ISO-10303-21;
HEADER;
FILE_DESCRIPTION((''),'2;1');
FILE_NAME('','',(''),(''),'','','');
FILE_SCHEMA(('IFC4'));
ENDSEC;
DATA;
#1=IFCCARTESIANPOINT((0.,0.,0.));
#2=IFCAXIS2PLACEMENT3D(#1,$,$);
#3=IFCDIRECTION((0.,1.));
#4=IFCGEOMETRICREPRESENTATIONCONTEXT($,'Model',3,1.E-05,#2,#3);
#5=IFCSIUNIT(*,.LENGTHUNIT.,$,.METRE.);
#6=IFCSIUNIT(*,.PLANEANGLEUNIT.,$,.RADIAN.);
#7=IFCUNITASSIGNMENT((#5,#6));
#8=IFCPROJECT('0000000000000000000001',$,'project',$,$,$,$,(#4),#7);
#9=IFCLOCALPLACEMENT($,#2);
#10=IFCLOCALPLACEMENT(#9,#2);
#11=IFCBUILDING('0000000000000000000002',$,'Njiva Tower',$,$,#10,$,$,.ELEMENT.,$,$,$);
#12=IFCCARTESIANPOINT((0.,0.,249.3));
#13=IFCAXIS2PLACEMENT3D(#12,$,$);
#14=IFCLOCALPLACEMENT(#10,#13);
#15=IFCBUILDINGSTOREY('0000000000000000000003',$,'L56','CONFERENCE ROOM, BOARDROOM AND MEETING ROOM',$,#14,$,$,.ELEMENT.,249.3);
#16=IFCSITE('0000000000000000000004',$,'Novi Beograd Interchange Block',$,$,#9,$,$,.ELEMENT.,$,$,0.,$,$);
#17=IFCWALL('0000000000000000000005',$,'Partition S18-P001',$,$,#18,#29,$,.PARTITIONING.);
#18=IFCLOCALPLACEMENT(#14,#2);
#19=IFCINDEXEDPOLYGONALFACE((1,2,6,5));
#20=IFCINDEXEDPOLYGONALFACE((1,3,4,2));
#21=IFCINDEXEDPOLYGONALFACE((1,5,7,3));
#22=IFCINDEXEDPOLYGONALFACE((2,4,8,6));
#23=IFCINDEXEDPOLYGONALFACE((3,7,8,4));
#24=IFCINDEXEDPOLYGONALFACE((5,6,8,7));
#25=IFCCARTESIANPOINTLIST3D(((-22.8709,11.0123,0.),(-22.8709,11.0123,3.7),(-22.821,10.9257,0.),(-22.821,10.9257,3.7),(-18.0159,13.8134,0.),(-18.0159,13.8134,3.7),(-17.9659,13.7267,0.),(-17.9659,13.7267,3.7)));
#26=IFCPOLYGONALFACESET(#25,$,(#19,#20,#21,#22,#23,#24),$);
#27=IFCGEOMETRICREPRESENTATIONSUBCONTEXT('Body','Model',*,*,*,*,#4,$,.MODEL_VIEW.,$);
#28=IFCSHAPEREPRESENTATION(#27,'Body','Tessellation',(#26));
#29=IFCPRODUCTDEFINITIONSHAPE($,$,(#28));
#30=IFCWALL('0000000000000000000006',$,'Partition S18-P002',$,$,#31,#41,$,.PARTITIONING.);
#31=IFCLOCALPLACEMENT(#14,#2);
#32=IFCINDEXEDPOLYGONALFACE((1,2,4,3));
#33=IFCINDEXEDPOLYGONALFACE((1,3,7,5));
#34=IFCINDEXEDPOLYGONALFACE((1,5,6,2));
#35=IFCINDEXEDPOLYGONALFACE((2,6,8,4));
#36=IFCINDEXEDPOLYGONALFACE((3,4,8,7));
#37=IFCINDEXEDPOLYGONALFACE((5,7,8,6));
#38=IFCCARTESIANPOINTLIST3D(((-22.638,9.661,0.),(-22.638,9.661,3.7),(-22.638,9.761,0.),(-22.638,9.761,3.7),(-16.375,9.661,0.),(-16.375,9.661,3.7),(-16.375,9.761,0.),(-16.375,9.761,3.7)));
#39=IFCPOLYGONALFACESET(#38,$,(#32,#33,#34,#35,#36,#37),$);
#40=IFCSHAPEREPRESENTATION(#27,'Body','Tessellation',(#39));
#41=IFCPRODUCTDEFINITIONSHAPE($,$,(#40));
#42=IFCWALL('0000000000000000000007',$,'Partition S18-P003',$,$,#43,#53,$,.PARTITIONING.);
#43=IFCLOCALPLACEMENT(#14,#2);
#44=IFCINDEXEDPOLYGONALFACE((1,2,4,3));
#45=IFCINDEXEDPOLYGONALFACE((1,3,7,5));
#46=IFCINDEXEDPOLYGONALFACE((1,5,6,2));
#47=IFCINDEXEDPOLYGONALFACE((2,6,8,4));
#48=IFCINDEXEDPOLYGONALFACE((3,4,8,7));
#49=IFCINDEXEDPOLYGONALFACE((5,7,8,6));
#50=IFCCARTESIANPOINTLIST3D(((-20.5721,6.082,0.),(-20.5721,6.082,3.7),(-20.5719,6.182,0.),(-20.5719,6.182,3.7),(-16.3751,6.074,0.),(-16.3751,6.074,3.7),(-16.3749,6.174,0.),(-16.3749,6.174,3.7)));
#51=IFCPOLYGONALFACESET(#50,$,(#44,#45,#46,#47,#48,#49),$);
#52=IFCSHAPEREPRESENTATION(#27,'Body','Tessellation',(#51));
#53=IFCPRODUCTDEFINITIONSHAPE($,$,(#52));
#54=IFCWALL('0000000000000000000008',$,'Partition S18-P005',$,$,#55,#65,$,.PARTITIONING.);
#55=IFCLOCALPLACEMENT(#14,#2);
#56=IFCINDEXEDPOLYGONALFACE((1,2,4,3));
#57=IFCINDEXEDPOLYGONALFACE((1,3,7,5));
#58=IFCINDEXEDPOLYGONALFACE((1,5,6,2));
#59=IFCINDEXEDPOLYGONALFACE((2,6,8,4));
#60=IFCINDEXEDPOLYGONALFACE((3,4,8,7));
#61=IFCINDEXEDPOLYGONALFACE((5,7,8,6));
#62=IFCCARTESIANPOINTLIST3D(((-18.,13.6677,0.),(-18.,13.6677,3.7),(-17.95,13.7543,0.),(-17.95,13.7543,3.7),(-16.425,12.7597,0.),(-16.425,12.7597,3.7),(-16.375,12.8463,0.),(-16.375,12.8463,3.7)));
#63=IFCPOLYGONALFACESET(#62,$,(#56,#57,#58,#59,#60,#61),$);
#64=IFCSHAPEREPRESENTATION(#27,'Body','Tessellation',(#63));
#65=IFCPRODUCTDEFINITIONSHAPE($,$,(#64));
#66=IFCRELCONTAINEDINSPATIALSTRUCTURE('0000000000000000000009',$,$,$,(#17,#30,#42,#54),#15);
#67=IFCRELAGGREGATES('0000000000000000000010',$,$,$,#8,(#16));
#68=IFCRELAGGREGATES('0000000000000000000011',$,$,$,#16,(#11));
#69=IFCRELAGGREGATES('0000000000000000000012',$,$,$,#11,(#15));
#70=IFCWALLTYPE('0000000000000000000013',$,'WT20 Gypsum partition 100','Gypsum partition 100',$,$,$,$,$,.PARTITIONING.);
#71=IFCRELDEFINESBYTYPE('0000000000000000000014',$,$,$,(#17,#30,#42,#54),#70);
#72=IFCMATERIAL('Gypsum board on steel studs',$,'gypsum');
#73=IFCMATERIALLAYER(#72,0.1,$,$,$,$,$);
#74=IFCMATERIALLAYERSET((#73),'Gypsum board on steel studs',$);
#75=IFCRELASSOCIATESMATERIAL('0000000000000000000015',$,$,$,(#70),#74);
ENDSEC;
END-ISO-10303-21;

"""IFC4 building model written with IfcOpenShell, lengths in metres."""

from ifc_helpers import new_model, si_unit, direction, frame, frame_2d, origin, place, context, subcontext, project, spatial, rectangle, extrude, material, layer, layer_set, type_object, element, save


model = new_model("IFC4")

# Units and contexts
model_context = context("Model", 3, precision=1e-05, world=origin(), true_north=direction((0.0, 1.0)))
body_context = subcontext(model_context, "Body", "Model", "MODEL_VIEW")
ifc_project = project(units=[si_unit("LENGTHUNIT", "METRE"), si_unit("PLANEANGLEUNIT", "RADIAN")], contexts=[model_context])

# Site, building, storey
site_placement = place(None, origin())
site = spatial("IfcSite", under=ifc_project, at=site_placement, Name="Novi Beograd Interchange Block", CompositionType="ELEMENT", RefElevation=0.0)
building_placement = place(site_placement, origin())
building = spatial("IfcBuilding", under=site, at=building_placement, Name="Njiva Tower", CompositionType="ELEMENT")
storey_placement = place(building_placement, frame((0.0, 0.0, 249.3)))
storey = spatial("IfcBuildingStorey", under=building, at=storey_placement, Name="L56", Description="CONFERENCE ROOM, BOARDROOM AND MEETING ROOM", CompositionType="ELEMENT", Elevation=249.3)

# Walls
ifc_material_1 = material(Name="Gypsum board on steel studs", Category="gypsum")
ifc_layer_1 = layer(ifc_material_1, 0.1)
ifc_layer_set_1 = layer_set([ifc_layer_1], Name="Gypsum board on steel studs")
wall_type_1 = type_object("IfcWallType", Name="WT20 Gypsum partition 100", Description="Gypsum partition 100", PredefinedType="PARTITIONING", material=ifc_layer_set_1)
wall_1_placement = place(storey_placement, frame((-22.846, 10.969, 0.0), z_axis=(0.0, 0.0, 1.0), x_axis=(0.866183, 0.499728, 0.0)))
element("IfcWall", 1, at=wall_1_placement, inside=storey, type_object=wall_type_1, Name="Partition S18-P001", PredefinedType="PARTITIONING", context=body_context, shape_type="SweptSolid", body=[
    extrude(rectangle(XDim=5.6051, YDim=0.1, at=frame_2d((2.8026, 0.0))), origin(), (0.0, 0.0, 1.0), 3.7),
])
wall_2_placement = place(storey_placement, frame((-22.638, 9.711, 0.0), z_axis=(0.0, 0.0, 1.0), x_axis=(1.0, 0.0, 0.0)))
element("IfcWall", 2, at=wall_2_placement, inside=storey, type_object=wall_type_1, Name="Partition S18-P002", PredefinedType="PARTITIONING", context=body_context, shape_type="SweptSolid", body=[
    extrude(rectangle(XDim=6.263, YDim=0.1, at=frame_2d((3.1315, 0.0))), origin(), (0.0, 0.0, 1.0), 3.7),
])
wall_3_placement = place(storey_placement, frame((-20.572, 6.132, 0.0), z_axis=(0.0, 0.0, 1.0), x_axis=(0.999998, -0.001906, 0.0)))
element("IfcWall", 3, at=wall_3_placement, inside=storey, type_object=wall_type_1, Name="Partition S18-P003", PredefinedType="PARTITIONING", context=body_context, shape_type="SweptSolid", body=[
    extrude(rectangle(XDim=4.197, YDim=0.1, at=frame_2d((2.0985, 0.0))), origin(), (0.0, 0.0, 1.0), 3.7),
])
wall_4_placement = place(storey_placement, frame((-17.975, 13.711, 0.0), z_axis=(0.0, 0.0, 1.0), x_axis=(0.866341, -0.499453, 0.0)))
element("IfcWall", 4, at=wall_4_placement, inside=storey, type_object=wall_type_1, Name="Partition S18-P005", PredefinedType="PARTITIONING", context=body_context, shape_type="SweptSolid", body=[
    extrude(rectangle(XDim=1.818, YDim=0.1, at=frame_2d((0.909, 0.0))), origin(), (0.0, 0.0, 1.0), 3.7),
])

save(model, "model.ifc")
